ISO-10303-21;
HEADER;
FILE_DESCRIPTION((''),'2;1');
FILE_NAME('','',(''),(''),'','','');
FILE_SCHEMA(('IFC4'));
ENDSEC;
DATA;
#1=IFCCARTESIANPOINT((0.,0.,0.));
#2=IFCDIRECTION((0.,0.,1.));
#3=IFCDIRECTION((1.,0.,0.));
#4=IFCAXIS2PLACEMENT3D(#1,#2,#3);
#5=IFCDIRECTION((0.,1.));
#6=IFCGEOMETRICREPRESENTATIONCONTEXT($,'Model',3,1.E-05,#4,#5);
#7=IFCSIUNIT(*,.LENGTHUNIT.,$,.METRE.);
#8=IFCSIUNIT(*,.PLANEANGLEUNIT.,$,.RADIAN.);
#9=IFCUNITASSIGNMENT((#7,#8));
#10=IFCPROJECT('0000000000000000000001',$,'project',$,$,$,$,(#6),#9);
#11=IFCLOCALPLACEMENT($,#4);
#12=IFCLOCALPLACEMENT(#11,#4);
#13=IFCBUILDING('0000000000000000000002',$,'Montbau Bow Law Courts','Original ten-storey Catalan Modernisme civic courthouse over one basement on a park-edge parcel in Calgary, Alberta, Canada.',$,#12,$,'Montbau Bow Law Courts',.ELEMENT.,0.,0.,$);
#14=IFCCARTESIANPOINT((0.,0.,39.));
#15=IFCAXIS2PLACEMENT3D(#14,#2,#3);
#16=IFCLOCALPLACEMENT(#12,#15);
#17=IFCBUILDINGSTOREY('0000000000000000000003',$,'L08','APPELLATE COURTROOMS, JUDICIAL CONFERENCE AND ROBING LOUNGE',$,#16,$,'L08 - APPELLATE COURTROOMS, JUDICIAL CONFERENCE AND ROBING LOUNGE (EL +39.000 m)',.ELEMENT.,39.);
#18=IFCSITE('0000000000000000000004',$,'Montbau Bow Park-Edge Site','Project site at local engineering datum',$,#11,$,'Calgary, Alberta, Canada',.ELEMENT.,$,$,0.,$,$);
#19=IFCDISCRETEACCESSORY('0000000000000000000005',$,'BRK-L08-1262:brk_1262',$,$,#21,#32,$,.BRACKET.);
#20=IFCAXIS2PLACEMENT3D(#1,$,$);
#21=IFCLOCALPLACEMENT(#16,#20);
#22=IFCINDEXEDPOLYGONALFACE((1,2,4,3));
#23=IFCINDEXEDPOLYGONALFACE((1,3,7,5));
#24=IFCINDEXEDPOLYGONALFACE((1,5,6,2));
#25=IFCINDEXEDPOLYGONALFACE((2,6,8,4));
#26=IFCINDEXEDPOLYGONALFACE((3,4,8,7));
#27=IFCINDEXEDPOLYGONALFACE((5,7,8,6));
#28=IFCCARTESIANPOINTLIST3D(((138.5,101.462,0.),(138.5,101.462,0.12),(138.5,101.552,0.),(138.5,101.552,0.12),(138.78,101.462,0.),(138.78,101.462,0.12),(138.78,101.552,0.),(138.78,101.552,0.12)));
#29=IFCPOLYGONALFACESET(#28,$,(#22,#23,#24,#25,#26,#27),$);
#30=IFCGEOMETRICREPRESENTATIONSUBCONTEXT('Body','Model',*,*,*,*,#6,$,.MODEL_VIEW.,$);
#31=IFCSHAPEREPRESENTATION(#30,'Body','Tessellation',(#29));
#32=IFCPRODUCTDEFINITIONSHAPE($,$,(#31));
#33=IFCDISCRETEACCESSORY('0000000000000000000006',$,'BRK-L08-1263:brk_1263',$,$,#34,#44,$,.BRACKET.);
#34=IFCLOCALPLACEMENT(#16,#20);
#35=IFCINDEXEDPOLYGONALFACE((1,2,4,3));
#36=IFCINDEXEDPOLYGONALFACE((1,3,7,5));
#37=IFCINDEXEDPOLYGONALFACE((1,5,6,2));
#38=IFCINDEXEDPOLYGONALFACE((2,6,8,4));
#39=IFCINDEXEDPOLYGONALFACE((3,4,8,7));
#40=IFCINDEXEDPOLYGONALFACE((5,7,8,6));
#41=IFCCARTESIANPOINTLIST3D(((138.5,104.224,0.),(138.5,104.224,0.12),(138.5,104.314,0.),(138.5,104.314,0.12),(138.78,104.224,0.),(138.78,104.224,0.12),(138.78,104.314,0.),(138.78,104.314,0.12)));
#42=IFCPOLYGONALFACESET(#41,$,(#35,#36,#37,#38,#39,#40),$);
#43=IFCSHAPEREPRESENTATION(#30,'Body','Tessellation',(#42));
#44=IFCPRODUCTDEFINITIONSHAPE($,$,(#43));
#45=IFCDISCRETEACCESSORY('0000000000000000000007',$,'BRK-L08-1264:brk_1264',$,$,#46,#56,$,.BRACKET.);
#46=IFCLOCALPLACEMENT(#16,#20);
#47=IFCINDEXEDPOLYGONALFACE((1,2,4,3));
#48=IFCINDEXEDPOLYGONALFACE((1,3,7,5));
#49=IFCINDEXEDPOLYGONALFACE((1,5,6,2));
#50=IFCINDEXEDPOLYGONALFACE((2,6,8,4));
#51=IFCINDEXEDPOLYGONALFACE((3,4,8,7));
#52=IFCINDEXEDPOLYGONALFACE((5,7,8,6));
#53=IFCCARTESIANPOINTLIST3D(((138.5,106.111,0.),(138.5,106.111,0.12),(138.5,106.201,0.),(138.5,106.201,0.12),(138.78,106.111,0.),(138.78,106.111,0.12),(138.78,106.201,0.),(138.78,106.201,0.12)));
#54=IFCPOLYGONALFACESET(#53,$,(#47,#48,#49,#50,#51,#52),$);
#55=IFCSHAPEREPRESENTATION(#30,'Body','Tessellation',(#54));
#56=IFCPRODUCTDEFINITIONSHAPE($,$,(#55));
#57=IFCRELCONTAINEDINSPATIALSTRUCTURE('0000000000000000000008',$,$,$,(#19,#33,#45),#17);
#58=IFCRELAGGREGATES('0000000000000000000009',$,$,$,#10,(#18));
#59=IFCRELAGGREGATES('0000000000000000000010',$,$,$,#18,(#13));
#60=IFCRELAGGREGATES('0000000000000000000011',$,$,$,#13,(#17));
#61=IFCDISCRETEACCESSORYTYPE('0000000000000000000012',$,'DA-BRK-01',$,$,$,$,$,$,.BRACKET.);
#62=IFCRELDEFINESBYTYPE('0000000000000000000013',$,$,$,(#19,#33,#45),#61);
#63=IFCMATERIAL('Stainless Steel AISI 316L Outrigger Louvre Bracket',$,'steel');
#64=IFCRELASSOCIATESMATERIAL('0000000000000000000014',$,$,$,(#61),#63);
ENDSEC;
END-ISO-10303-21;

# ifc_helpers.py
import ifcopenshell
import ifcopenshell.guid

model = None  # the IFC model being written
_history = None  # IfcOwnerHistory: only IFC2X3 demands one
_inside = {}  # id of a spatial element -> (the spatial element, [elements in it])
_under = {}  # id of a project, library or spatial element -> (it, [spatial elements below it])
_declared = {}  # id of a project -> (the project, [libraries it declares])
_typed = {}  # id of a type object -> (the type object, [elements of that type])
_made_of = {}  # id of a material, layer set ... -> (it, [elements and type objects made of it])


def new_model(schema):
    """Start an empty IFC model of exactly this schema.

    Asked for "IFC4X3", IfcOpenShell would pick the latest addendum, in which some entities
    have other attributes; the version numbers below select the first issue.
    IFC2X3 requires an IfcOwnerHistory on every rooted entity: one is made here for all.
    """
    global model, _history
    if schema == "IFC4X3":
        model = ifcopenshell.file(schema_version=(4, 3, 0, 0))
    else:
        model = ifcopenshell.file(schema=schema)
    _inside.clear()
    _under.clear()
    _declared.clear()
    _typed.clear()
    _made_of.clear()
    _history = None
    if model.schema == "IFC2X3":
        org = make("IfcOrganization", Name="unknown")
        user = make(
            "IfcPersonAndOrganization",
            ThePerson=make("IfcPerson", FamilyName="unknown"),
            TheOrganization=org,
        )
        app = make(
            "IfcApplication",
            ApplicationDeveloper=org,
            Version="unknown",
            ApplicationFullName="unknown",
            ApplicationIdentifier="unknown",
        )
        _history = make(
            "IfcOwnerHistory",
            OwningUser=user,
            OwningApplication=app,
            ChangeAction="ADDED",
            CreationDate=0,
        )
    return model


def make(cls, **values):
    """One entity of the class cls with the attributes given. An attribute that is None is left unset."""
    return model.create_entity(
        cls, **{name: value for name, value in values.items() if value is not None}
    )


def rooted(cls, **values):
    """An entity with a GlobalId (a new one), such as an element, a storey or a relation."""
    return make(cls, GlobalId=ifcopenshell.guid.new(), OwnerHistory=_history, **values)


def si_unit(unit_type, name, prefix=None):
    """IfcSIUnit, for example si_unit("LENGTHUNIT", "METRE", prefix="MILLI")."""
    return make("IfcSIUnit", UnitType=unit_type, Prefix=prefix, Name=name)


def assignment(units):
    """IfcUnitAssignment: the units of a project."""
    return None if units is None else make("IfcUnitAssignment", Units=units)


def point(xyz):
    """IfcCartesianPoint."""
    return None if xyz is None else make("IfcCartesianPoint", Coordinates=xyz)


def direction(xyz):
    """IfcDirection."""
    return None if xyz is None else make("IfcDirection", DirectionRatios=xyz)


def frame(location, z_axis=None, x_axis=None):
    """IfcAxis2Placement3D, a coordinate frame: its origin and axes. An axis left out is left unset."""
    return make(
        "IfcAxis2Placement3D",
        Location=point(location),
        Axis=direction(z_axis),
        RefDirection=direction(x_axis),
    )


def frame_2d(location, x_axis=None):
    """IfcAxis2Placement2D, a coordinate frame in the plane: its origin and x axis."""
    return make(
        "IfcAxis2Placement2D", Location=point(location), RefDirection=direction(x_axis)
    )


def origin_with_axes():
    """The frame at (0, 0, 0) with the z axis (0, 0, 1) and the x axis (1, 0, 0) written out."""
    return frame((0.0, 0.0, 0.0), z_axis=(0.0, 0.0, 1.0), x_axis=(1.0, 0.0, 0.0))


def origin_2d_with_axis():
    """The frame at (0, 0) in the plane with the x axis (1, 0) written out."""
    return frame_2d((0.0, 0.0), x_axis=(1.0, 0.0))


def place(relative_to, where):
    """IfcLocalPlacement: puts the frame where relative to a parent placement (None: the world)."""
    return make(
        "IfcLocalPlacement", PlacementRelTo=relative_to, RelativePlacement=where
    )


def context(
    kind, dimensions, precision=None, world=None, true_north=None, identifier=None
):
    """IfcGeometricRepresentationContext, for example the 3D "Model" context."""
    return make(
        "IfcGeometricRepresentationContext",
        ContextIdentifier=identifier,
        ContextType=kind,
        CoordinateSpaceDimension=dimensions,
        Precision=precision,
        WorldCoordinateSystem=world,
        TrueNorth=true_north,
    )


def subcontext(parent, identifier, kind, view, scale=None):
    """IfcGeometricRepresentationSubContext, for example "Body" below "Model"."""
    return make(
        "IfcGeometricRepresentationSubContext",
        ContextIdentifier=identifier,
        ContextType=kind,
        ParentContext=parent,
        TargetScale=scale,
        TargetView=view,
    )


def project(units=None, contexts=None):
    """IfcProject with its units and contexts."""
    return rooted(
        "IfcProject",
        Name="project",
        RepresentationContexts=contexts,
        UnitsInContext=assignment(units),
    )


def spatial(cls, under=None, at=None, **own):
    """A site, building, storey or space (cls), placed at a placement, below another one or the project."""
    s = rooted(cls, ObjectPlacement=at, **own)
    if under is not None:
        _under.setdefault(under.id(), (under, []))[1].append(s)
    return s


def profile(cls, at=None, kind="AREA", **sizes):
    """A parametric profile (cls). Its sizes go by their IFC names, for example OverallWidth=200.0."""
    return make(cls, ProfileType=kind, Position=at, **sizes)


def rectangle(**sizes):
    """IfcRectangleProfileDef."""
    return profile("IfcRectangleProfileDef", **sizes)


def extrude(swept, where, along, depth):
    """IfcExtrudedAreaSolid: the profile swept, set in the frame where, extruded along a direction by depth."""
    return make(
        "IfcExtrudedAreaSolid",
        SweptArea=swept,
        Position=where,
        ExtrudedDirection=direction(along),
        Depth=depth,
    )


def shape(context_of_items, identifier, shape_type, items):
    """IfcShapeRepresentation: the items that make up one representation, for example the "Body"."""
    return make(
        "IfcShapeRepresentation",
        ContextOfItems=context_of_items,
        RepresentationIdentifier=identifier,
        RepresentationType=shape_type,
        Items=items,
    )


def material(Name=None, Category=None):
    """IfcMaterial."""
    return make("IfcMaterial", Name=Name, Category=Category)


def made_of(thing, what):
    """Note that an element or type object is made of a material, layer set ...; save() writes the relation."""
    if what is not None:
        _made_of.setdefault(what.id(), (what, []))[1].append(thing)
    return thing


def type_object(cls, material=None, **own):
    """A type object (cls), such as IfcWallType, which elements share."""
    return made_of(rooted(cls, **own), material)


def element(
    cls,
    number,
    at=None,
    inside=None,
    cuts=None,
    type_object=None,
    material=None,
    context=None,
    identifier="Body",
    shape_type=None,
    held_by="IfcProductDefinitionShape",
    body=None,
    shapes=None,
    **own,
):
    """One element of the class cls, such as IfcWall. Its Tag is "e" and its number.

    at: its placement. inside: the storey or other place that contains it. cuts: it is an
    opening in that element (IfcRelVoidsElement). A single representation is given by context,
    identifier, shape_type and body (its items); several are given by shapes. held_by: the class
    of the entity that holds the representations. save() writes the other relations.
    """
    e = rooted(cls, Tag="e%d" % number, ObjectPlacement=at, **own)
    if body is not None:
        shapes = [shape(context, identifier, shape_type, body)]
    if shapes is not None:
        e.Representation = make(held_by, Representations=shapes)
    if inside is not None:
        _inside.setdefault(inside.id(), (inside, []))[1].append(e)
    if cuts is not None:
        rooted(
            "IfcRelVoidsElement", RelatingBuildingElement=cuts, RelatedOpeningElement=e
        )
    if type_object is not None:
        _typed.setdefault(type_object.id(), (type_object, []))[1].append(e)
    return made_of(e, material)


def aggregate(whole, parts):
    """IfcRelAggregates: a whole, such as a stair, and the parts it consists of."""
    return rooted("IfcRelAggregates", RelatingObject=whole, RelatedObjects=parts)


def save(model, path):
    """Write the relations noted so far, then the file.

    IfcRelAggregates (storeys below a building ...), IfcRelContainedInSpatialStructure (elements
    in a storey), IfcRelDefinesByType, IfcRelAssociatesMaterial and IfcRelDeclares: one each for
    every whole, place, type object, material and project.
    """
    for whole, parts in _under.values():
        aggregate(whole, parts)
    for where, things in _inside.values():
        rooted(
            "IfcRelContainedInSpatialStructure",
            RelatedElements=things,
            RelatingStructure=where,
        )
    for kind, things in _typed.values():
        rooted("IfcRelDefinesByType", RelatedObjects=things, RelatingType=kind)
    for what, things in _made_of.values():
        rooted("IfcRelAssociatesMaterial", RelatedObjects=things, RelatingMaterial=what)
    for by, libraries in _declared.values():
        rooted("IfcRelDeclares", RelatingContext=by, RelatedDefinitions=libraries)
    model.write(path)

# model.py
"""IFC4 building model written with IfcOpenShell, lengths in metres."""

from ifc_helpers import new_model, si_unit, direction, frame, origin_with_axes, origin_2d_with_axis, place, context, subcontext, project, spatial, rectangle, extrude, material, type_object, element, save


model = new_model("IFC4")

# Units and contexts
model_context = context("Model", 3, precision=1e-05, world=origin_with_axes(), true_north=direction((0.0, 1.0)))
body_context = subcontext(model_context, "Body", "Model", "MODEL_VIEW")
ifc_project = project(units=[si_unit("LENGTHUNIT", "METRE"), si_unit("PLANEANGLEUNIT", "RADIAN")], contexts=[model_context])

# Site, building, storey
site_placement = place(None, origin_with_axes())
site = spatial("IfcSite", under=ifc_project, at=site_placement, Name="Montbau Bow Park-Edge Site", Description="Project site at local engineering datum", LongName="Calgary, Alberta, Canada", CompositionType="ELEMENT", RefElevation=0.0)
building_placement = place(site_placement, origin_with_axes())
building = spatial("IfcBuilding", under=site, at=building_placement, Name="Montbau Bow Law Courts", Description="Original ten-storey Catalan Modernisme civic courthouse over one basement on a park-edge parcel in Calgary, Alberta, Canada.", LongName="Montbau Bow Law Courts", CompositionType="ELEMENT", ElevationOfRefHeight=0.0, ElevationOfTerrain=0.0)
storey_placement = place(building_placement, frame((0.0, 0.0, 39.0), z_axis=(0.0, 0.0, 1.0), x_axis=(1.0, 0.0, 0.0)))
storey = spatial("IfcBuildingStorey", under=building, at=storey_placement, Name="L08", Description="APPELLATE COURTROOMS, JUDICIAL CONFERENCE AND ROBING LOUNGE", LongName="L08 - APPELLATE COURTROOMS, JUDICIAL CONFERENCE AND ROBING LOUNGE (EL +39.000 m)", CompositionType="ELEMENT", Elevation=39.0)

# Discrete accessories
ifc_material_1 = material(Name="Stainless Steel AISI 316L Outrigger Louvre Bracket", Category="steel")
discrete_accessory_type = type_object("IfcDiscreteAccessoryType", Name="DA-BRK-01", PredefinedType="BRACKET", material=ifc_material_1)
for number, where, z_axis, x_axis, name in (
    (1, (138.64, 101.507, 39.0), (0.0, 0.0, 1.0), (-1.0, 0.0, 0.0), "BRK-L08-1262:brk_1262"),
    (2, (138.64, 104.269, 39.0), (0.0, 0.0, 1.0), (-1.0, 0.0, 0.0), "BRK-L08-1263:brk_1263"),
    (3, (138.64, 106.156, 39.0), (0.0, 0.0, 1.0), (-1.0, 0.0, 0.0), "BRK-L08-1264:brk_1264"),
):
    element("IfcDiscreteAccessory", number, at=place(None, frame(where, z_axis=z_axis, x_axis=x_axis)), inside=storey, type_object=discrete_accessory_type, Name=name, PredefinedType="BRACKET", context=body_context, shape_type="SweptSolid", body=[
        extrude(rectangle(XDim=0.28, YDim=0.09, at=origin_2d_with_axis()), origin_with_axes(), (0.0, 0.0, 1.0), 0.12),
    ])

save(model, "model.ifc")
